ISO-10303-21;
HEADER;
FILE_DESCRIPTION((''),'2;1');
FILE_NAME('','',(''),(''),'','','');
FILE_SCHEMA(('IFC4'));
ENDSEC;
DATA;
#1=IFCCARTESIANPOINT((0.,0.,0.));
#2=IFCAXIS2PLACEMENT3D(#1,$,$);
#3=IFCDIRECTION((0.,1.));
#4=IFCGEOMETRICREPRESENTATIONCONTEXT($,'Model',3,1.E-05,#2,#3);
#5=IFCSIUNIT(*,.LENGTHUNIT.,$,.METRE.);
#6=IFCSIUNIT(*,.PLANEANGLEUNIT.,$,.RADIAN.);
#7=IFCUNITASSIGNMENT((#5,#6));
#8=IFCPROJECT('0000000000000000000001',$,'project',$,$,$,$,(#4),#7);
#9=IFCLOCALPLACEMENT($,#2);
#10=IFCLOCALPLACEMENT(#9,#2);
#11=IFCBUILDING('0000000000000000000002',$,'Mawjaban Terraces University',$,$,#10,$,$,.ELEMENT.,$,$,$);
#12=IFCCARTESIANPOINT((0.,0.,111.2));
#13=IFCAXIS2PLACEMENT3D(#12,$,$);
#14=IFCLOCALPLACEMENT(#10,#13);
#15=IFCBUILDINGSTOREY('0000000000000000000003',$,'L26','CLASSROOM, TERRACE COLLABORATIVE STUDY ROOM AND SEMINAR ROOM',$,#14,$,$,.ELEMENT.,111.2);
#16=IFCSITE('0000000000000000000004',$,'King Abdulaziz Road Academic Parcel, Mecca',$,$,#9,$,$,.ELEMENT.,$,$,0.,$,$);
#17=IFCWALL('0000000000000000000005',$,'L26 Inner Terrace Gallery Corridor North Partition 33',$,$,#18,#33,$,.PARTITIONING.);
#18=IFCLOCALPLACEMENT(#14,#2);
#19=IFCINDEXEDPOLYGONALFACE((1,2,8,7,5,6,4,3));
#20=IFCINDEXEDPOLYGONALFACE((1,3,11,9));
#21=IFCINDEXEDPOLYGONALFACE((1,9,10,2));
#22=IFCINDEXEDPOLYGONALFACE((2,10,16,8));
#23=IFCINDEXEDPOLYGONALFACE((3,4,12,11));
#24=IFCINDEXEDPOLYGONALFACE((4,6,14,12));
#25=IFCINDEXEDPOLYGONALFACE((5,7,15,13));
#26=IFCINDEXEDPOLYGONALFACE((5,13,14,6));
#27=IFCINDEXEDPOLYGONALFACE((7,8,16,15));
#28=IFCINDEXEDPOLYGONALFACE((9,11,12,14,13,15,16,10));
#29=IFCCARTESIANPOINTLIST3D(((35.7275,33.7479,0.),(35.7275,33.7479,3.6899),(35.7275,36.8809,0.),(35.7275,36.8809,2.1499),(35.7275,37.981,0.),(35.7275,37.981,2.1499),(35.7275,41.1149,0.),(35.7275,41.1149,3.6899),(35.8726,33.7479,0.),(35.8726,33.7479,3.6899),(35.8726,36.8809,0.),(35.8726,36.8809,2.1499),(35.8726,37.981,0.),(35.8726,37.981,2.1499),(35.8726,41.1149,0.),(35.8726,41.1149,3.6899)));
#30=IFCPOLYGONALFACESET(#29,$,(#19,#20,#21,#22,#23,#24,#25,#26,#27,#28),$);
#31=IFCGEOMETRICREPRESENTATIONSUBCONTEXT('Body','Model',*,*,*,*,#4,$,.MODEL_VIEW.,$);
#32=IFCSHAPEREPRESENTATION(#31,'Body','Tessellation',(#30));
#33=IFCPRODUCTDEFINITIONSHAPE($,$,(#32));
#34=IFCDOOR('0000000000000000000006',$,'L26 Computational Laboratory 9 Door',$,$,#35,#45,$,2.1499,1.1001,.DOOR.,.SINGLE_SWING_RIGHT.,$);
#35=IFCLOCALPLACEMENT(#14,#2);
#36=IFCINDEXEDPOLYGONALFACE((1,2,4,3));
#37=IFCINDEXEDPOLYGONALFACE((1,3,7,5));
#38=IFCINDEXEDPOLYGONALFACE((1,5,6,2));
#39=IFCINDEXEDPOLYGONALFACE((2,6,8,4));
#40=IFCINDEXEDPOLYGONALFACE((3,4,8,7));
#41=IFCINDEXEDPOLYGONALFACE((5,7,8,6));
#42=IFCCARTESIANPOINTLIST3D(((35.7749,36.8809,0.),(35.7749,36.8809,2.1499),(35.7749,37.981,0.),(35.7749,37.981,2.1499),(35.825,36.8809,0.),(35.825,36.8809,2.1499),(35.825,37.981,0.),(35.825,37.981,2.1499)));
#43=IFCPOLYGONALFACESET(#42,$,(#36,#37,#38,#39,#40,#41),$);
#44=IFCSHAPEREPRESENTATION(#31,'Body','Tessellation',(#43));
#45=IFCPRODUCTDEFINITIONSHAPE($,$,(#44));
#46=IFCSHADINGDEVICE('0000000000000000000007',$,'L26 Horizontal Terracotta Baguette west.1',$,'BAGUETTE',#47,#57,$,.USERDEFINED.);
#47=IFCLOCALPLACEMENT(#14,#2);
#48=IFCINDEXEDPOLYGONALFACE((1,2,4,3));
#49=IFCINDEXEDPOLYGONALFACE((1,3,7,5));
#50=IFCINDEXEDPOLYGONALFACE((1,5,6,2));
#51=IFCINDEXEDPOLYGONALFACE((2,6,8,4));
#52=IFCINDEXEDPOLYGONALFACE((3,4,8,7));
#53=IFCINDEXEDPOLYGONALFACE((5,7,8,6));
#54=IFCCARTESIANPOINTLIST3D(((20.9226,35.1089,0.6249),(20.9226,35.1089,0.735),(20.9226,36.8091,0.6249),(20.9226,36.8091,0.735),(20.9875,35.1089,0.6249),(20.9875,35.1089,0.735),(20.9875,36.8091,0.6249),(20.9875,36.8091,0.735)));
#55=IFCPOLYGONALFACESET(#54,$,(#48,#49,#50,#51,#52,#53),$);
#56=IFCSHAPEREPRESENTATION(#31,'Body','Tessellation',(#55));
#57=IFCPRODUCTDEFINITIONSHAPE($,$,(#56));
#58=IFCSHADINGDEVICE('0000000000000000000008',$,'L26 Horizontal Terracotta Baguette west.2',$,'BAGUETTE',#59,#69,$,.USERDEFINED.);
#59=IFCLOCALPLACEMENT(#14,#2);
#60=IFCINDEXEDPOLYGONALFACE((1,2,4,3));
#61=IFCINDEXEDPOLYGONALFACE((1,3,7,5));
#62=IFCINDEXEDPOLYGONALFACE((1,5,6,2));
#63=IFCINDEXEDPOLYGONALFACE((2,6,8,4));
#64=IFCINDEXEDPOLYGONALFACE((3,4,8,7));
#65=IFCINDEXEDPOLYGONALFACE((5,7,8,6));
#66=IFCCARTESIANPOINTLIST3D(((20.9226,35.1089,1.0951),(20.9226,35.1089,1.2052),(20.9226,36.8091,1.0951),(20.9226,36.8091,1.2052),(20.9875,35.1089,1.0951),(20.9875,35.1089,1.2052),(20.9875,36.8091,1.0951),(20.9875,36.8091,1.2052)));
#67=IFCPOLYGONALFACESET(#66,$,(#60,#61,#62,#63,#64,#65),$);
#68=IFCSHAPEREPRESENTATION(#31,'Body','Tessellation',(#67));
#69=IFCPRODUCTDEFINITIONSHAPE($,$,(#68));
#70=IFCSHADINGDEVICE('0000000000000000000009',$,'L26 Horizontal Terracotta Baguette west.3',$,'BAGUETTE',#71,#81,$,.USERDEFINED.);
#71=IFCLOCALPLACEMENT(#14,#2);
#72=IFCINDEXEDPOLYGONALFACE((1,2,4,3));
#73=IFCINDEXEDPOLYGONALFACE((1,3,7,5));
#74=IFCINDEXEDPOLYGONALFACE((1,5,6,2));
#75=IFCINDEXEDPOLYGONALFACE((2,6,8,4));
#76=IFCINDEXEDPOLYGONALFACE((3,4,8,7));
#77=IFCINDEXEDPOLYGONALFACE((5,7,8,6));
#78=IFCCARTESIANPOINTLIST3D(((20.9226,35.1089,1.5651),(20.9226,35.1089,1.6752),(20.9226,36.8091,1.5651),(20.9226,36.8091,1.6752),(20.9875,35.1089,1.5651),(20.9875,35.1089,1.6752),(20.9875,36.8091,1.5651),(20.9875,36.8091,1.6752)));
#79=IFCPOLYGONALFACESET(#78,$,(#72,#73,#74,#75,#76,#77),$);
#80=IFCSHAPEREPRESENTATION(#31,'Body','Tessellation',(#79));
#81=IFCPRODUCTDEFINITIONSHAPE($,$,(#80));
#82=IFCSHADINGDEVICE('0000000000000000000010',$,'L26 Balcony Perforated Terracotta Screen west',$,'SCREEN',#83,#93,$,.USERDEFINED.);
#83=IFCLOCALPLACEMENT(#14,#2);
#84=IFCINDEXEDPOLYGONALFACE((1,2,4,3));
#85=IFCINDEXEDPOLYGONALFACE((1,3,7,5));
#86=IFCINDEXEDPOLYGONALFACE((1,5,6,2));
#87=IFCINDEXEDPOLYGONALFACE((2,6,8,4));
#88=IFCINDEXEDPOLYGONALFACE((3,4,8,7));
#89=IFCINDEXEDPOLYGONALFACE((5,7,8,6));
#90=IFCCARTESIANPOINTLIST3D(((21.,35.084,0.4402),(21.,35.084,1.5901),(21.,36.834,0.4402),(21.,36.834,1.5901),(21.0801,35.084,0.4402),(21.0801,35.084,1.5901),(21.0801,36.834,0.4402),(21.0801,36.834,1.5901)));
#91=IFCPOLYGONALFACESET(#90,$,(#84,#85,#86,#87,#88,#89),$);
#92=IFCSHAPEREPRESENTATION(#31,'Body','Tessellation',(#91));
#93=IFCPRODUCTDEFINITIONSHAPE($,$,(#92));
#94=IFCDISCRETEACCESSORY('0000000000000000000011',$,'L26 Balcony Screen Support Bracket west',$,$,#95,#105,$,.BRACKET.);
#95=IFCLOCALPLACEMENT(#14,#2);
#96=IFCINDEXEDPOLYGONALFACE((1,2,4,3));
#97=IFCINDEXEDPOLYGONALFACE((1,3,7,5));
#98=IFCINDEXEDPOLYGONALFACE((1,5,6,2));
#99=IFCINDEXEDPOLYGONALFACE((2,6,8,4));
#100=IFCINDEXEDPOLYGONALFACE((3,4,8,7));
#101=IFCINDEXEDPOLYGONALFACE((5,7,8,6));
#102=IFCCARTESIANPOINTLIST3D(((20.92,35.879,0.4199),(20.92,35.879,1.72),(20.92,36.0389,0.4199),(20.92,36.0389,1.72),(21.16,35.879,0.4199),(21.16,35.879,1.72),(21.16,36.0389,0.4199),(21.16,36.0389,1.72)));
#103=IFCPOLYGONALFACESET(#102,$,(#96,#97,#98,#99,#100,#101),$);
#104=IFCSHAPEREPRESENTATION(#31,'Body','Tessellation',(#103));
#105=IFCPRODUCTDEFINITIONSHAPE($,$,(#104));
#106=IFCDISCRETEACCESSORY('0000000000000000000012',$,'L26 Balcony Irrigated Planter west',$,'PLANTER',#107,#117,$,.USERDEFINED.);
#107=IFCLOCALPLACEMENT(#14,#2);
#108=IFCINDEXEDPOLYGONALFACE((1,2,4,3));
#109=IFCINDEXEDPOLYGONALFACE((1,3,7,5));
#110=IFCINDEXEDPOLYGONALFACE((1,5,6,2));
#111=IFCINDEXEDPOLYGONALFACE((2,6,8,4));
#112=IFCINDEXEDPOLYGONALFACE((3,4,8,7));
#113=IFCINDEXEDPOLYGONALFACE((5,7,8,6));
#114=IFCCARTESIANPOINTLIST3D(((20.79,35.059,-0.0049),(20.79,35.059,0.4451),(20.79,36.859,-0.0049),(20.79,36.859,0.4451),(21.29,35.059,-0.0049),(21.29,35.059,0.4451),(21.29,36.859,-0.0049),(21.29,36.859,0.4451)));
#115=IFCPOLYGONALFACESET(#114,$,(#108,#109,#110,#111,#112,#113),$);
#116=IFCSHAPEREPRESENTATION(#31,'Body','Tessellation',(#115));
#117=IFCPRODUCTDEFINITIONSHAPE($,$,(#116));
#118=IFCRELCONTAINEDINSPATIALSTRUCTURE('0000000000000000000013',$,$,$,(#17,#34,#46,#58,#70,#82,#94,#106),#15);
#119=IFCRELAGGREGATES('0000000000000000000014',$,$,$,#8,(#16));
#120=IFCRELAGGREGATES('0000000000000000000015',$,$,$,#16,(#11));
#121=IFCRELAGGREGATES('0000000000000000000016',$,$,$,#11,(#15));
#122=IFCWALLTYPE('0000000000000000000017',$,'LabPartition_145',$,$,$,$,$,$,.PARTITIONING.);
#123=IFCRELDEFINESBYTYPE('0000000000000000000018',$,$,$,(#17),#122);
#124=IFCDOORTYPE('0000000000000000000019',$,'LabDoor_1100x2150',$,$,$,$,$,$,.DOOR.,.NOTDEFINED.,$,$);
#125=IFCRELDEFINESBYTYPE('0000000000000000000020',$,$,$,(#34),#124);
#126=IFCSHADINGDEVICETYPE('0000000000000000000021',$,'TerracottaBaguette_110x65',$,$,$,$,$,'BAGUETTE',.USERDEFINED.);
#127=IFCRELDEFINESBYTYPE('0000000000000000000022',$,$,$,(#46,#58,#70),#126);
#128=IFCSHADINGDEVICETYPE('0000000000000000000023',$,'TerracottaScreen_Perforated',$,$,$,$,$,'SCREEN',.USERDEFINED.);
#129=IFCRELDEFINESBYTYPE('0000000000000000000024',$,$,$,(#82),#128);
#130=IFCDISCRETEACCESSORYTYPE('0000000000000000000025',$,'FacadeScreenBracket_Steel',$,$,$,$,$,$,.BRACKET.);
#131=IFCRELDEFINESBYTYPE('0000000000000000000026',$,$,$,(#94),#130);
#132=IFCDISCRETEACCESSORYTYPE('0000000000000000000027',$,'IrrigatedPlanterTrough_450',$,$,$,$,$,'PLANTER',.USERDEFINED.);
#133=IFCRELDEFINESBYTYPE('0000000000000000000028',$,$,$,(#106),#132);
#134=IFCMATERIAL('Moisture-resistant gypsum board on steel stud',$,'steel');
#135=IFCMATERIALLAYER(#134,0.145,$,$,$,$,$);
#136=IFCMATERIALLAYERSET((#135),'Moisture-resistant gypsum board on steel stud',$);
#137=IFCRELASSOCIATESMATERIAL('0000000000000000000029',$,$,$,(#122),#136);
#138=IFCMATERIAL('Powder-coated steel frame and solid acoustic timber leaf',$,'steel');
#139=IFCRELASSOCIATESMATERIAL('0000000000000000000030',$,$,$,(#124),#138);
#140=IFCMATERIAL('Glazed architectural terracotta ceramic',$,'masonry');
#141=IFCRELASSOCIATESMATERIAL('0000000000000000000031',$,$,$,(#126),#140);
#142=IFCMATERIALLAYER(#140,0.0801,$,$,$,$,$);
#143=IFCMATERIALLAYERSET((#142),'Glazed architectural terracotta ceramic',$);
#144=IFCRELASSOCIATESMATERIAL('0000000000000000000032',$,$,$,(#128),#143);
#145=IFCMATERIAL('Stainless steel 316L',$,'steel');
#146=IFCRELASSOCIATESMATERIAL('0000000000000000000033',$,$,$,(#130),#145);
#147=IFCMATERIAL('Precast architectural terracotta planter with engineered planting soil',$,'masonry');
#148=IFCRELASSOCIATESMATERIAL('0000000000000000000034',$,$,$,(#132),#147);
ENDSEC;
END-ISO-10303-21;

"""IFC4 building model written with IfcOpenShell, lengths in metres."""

from ifc_helpers import new_model, si_unit, direction, frame, frame_2d, origin, origin_2d, place, context, subcontext, project, spatial, rectangle, extrude, material, layer, layer_set, material_profile, profile_set, type_object, element, fill, save


model = new_model("IFC4")

# Units and contexts
model_context = context("Model", 3, precision=1e-05, world=origin(), true_north=direction((0.0, 1.0)))
body_context = subcontext(model_context, "Body", "Model", "MODEL_VIEW")
ifc_project = project(units=[si_unit("LENGTHUNIT", "METRE"), si_unit("PLANEANGLEUNIT", "RADIAN")], contexts=[model_context])

# Site, building, storey
site_placement = place(None, origin())
site = spatial("IfcSite", under=ifc_project, at=site_placement, Name="King Abdulaziz Road Academic Parcel, Mecca", CompositionType="ELEMENT", RefElevation=0.0)
building_placement = place(site_placement, origin())
building = spatial("IfcBuilding", under=site, at=building_placement, Name="Mawjaban Terraces University", CompositionType="ELEMENT")
storey_placement = place(building_placement, frame((0.0, 0.0, 111.2)))
storey = spatial("IfcBuildingStorey", under=building, at=storey_placement, Name="L26", Description="CLASSROOM, TERRACE COLLABORATIVE STUDY ROOM AND SEMINAR ROOM", CompositionType="ELEMENT", Elevation=111.2)

# Shared definitions
ifc_material_1 = material(Name="Powder-coated steel frame and solid acoustic timber leaf", Category="steel")

# Wall, opening, door
ifc_material_2 = material(Name="Moisture-resistant gypsum board on steel stud", Category="steel")
ifc_layer_1 = layer(ifc_material_2, 0.145)
ifc_layer_set_1 = layer_set([ifc_layer_1], Name="Moisture-resistant gypsum board on steel stud")
wall_type_1 = type_object("IfcWallType", Name="LabPartition_145", PredefinedType="PARTITIONING", material=ifc_layer_set_1)
wall_1_placement = place(storey_placement, frame((35.8, 41.115, 0.0), z_axis=(0.0, 0.0, 1.0), x_axis=(0.0, -1.0, 0.0)))
wall_1 = element("IfcWall", 1, at=wall_1_placement, inside=storey, type_object=wall_type_1, Name="L26 Inner Terrace Gallery Corridor North Partition 33", PredefinedType="PARTITIONING", context=body_context, shape_type="SweptSolid", body=[
    extrude(rectangle(XDim=7.3669, YDim=0.145, at=frame_2d((3.6836, 0.0))), origin(), (0.0, 0.0, 1.0), 3.6899),
])
opening_1_placement = place(wall_1_placement, frame((3.134, 0.0, 0.0)))
opening_1 = element("IfcOpeningElement", 2, at=opening_1_placement, cuts=wall_1, PredefinedType="OPENING", context=body_context, shape_type="SweptSolid", body=[
    extrude(rectangle(XDim=1.1001, YDim=2.1499, at=frame_2d((0.55, 1.075))), frame((0.0, 0.0825, 0.0), z_axis=(0.0, -1.0, 0.0), x_axis=(1.0, 0.0, 0.0)), (0.0, 0.0, 1.0), 0.165),
])
door_type_1 = type_object("IfcDoorType", Name="LabDoor_1100x2150", OperationType="NOTDEFINED", PredefinedType="DOOR", material=ifc_material_1)
door_1_placement = place(opening_1_placement, origin())
door_1 = element("IfcDoor", 3, at=door_1_placement, inside=storey, type_object=door_type_1, Name="L26 Computational Laboratory 9 Door", OperationType="SINGLE_SWING_RIGHT", OverallHeight=2.1499, OverallWidth=1.1001, PredefinedType="DOOR", context=body_context, shape_type="SweptSolid", body=[
    extrude(rectangle(XDim=1.1001, YDim=2.1499, at=frame_2d((0.55, 1.075))), frame((0.0, 0.0249, 0.0), z_axis=(0.0, -1.0, 0.0), x_axis=(1.0, 0.0, 0.0)), (0.0, 0.0, 1.0), 0.05),
])
fill(opening_1, door_1)

# Shading devices
ifc_material_3 = material(Name="Glazed architectural terracotta ceramic", Category="masonry")
ifc_material_profile_1 = material_profile(ifc_material_3, rectangle(XDim=0.0649, YDim=0.1101, at=origin_2d()), Name="TBAG110X65")
ifc_profile_set_1 = profile_set([ifc_material_profile_1], Name="Glazed architectural terracotta ceramic")
shading_device_type_1 = type_object("IfcShadingDeviceType", Name="TerracottaBaguette_110x65", ElementType="BAGUETTE", PredefinedType="USERDEFINED", material=ifc_profile_set_1)
for number, where, z_axis, x_axis, name in (
    (4, (20.9551, 35.1089, 0.6799), (0.0, 1.0, 0.0), (-1.0, 0.0, 0.0), "L26 Horizontal Terracotta Baguette west.1"),
    (5, (20.9551, 35.1089, 1.1501), (0.0, 1.0, 0.0), (-1.0, 0.0, 0.0), "L26 Horizontal Terracotta Baguette west.2"),
    (6, (20.9551, 35.1089, 1.6201), (0.0, 1.0, 0.0), (-1.0, 0.0, 0.0), "L26 Horizontal Terracotta Baguette west.3"),
):
    element("IfcShadingDevice", number, at=place(storey_placement, frame(where, z_axis=z_axis, x_axis=x_axis)), inside=storey, type_object=shading_device_type_1, Name=name, ObjectType="BAGUETTE", PredefinedType="USERDEFINED", context=body_context, shape_type="SweptSolid", body=[
        extrude(rectangle(XDim=0.0649, YDim=0.1101, at=origin_2d()), origin(), (0.0, 0.0, 1.0), 1.7002),
    ])
ifc_layer_2 = layer(ifc_material_3, 0.0801)
ifc_layer_set_2 = layer_set([ifc_layer_2], Name="Glazed architectural terracotta ceramic")
shading_device_type_2 = type_object("IfcShadingDeviceType", Name="TerracottaScreen_Perforated", ElementType="SCREEN", PredefinedType="USERDEFINED", material=ifc_layer_set_2)
shading_device_placement = place(storey_placement, frame((21.04, 35.959, 0.4402), z_axis=(0.0, 0.0, 1.0), x_axis=(0.0, 1.0, 0.0)))
element("IfcShadingDevice", 7, at=shading_device_placement, inside=storey, type_object=shading_device_type_2, Name="L26 Balcony Perforated Terracotta Screen west", ObjectType="SCREEN", PredefinedType="USERDEFINED", context=body_context, shape_type="SweptSolid", body=[
    extrude(rectangle(XDim=1.75, YDim=0.0801, at=origin_2d()), origin(), (0.0, 0.0, 1.0), 1.1499),
])

# Discrete accessories
ifc_material_4 = material(Name="Stainless steel 316L", Category="steel")
discrete_accessory_type_1 = type_object("IfcDiscreteAccessoryType", Name="FacadeScreenBracket_Steel", PredefinedType="BRACKET", material=ifc_material_4)
discrete_accessory_1_placement = place(storey_placement, frame((21.04, 35.959, 0.4199), z_axis=(0.0, 0.0, 1.0), x_axis=(0.0, 1.0, 0.0)))
element("IfcDiscreteAccessory", 8, at=discrete_accessory_1_placement, inside=storey, type_object=discrete_accessory_type_1, Name="L26 Balcony Screen Support Bracket west", PredefinedType="BRACKET", context=body_context, shape_type="SweptSolid", body=[
    extrude(rectangle(XDim=0.1599, YDim=0.24, at=origin_2d()), origin(), (0.0, 0.0, 1.0), 1.3),
])
ifc_material_5 = material(Name="Precast architectural terracotta planter with engineered planting soil", Category="masonry")
discrete_accessory_type_2 = type_object("IfcDiscreteAccessoryType", Name="IrrigatedPlanterTrough_450", ElementType="PLANTER", PredefinedType="USERDEFINED", material=ifc_material_5)
discrete_accessory_2_placement = place(storey_placement, frame((21.04, 35.959, -0.0049), z_axis=(0.0, 0.0, 1.0), x_axis=(0.0, 1.0, 0.0)))
element("IfcDiscreteAccessory", 9, at=discrete_accessory_2_placement, inside=storey, type_object=discrete_accessory_type_2, Name="L26 Balcony Irrigated Planter west", ObjectType="PLANTER", PredefinedType="USERDEFINED", context=body_context, shape_type="SweptSolid", body=[
    extrude(rectangle(XDim=1.8, YDim=0.5, at=origin_2d()), origin(), (0.0, 0.0, 1.0), 0.45),
])

save(model, "model.ifc")
